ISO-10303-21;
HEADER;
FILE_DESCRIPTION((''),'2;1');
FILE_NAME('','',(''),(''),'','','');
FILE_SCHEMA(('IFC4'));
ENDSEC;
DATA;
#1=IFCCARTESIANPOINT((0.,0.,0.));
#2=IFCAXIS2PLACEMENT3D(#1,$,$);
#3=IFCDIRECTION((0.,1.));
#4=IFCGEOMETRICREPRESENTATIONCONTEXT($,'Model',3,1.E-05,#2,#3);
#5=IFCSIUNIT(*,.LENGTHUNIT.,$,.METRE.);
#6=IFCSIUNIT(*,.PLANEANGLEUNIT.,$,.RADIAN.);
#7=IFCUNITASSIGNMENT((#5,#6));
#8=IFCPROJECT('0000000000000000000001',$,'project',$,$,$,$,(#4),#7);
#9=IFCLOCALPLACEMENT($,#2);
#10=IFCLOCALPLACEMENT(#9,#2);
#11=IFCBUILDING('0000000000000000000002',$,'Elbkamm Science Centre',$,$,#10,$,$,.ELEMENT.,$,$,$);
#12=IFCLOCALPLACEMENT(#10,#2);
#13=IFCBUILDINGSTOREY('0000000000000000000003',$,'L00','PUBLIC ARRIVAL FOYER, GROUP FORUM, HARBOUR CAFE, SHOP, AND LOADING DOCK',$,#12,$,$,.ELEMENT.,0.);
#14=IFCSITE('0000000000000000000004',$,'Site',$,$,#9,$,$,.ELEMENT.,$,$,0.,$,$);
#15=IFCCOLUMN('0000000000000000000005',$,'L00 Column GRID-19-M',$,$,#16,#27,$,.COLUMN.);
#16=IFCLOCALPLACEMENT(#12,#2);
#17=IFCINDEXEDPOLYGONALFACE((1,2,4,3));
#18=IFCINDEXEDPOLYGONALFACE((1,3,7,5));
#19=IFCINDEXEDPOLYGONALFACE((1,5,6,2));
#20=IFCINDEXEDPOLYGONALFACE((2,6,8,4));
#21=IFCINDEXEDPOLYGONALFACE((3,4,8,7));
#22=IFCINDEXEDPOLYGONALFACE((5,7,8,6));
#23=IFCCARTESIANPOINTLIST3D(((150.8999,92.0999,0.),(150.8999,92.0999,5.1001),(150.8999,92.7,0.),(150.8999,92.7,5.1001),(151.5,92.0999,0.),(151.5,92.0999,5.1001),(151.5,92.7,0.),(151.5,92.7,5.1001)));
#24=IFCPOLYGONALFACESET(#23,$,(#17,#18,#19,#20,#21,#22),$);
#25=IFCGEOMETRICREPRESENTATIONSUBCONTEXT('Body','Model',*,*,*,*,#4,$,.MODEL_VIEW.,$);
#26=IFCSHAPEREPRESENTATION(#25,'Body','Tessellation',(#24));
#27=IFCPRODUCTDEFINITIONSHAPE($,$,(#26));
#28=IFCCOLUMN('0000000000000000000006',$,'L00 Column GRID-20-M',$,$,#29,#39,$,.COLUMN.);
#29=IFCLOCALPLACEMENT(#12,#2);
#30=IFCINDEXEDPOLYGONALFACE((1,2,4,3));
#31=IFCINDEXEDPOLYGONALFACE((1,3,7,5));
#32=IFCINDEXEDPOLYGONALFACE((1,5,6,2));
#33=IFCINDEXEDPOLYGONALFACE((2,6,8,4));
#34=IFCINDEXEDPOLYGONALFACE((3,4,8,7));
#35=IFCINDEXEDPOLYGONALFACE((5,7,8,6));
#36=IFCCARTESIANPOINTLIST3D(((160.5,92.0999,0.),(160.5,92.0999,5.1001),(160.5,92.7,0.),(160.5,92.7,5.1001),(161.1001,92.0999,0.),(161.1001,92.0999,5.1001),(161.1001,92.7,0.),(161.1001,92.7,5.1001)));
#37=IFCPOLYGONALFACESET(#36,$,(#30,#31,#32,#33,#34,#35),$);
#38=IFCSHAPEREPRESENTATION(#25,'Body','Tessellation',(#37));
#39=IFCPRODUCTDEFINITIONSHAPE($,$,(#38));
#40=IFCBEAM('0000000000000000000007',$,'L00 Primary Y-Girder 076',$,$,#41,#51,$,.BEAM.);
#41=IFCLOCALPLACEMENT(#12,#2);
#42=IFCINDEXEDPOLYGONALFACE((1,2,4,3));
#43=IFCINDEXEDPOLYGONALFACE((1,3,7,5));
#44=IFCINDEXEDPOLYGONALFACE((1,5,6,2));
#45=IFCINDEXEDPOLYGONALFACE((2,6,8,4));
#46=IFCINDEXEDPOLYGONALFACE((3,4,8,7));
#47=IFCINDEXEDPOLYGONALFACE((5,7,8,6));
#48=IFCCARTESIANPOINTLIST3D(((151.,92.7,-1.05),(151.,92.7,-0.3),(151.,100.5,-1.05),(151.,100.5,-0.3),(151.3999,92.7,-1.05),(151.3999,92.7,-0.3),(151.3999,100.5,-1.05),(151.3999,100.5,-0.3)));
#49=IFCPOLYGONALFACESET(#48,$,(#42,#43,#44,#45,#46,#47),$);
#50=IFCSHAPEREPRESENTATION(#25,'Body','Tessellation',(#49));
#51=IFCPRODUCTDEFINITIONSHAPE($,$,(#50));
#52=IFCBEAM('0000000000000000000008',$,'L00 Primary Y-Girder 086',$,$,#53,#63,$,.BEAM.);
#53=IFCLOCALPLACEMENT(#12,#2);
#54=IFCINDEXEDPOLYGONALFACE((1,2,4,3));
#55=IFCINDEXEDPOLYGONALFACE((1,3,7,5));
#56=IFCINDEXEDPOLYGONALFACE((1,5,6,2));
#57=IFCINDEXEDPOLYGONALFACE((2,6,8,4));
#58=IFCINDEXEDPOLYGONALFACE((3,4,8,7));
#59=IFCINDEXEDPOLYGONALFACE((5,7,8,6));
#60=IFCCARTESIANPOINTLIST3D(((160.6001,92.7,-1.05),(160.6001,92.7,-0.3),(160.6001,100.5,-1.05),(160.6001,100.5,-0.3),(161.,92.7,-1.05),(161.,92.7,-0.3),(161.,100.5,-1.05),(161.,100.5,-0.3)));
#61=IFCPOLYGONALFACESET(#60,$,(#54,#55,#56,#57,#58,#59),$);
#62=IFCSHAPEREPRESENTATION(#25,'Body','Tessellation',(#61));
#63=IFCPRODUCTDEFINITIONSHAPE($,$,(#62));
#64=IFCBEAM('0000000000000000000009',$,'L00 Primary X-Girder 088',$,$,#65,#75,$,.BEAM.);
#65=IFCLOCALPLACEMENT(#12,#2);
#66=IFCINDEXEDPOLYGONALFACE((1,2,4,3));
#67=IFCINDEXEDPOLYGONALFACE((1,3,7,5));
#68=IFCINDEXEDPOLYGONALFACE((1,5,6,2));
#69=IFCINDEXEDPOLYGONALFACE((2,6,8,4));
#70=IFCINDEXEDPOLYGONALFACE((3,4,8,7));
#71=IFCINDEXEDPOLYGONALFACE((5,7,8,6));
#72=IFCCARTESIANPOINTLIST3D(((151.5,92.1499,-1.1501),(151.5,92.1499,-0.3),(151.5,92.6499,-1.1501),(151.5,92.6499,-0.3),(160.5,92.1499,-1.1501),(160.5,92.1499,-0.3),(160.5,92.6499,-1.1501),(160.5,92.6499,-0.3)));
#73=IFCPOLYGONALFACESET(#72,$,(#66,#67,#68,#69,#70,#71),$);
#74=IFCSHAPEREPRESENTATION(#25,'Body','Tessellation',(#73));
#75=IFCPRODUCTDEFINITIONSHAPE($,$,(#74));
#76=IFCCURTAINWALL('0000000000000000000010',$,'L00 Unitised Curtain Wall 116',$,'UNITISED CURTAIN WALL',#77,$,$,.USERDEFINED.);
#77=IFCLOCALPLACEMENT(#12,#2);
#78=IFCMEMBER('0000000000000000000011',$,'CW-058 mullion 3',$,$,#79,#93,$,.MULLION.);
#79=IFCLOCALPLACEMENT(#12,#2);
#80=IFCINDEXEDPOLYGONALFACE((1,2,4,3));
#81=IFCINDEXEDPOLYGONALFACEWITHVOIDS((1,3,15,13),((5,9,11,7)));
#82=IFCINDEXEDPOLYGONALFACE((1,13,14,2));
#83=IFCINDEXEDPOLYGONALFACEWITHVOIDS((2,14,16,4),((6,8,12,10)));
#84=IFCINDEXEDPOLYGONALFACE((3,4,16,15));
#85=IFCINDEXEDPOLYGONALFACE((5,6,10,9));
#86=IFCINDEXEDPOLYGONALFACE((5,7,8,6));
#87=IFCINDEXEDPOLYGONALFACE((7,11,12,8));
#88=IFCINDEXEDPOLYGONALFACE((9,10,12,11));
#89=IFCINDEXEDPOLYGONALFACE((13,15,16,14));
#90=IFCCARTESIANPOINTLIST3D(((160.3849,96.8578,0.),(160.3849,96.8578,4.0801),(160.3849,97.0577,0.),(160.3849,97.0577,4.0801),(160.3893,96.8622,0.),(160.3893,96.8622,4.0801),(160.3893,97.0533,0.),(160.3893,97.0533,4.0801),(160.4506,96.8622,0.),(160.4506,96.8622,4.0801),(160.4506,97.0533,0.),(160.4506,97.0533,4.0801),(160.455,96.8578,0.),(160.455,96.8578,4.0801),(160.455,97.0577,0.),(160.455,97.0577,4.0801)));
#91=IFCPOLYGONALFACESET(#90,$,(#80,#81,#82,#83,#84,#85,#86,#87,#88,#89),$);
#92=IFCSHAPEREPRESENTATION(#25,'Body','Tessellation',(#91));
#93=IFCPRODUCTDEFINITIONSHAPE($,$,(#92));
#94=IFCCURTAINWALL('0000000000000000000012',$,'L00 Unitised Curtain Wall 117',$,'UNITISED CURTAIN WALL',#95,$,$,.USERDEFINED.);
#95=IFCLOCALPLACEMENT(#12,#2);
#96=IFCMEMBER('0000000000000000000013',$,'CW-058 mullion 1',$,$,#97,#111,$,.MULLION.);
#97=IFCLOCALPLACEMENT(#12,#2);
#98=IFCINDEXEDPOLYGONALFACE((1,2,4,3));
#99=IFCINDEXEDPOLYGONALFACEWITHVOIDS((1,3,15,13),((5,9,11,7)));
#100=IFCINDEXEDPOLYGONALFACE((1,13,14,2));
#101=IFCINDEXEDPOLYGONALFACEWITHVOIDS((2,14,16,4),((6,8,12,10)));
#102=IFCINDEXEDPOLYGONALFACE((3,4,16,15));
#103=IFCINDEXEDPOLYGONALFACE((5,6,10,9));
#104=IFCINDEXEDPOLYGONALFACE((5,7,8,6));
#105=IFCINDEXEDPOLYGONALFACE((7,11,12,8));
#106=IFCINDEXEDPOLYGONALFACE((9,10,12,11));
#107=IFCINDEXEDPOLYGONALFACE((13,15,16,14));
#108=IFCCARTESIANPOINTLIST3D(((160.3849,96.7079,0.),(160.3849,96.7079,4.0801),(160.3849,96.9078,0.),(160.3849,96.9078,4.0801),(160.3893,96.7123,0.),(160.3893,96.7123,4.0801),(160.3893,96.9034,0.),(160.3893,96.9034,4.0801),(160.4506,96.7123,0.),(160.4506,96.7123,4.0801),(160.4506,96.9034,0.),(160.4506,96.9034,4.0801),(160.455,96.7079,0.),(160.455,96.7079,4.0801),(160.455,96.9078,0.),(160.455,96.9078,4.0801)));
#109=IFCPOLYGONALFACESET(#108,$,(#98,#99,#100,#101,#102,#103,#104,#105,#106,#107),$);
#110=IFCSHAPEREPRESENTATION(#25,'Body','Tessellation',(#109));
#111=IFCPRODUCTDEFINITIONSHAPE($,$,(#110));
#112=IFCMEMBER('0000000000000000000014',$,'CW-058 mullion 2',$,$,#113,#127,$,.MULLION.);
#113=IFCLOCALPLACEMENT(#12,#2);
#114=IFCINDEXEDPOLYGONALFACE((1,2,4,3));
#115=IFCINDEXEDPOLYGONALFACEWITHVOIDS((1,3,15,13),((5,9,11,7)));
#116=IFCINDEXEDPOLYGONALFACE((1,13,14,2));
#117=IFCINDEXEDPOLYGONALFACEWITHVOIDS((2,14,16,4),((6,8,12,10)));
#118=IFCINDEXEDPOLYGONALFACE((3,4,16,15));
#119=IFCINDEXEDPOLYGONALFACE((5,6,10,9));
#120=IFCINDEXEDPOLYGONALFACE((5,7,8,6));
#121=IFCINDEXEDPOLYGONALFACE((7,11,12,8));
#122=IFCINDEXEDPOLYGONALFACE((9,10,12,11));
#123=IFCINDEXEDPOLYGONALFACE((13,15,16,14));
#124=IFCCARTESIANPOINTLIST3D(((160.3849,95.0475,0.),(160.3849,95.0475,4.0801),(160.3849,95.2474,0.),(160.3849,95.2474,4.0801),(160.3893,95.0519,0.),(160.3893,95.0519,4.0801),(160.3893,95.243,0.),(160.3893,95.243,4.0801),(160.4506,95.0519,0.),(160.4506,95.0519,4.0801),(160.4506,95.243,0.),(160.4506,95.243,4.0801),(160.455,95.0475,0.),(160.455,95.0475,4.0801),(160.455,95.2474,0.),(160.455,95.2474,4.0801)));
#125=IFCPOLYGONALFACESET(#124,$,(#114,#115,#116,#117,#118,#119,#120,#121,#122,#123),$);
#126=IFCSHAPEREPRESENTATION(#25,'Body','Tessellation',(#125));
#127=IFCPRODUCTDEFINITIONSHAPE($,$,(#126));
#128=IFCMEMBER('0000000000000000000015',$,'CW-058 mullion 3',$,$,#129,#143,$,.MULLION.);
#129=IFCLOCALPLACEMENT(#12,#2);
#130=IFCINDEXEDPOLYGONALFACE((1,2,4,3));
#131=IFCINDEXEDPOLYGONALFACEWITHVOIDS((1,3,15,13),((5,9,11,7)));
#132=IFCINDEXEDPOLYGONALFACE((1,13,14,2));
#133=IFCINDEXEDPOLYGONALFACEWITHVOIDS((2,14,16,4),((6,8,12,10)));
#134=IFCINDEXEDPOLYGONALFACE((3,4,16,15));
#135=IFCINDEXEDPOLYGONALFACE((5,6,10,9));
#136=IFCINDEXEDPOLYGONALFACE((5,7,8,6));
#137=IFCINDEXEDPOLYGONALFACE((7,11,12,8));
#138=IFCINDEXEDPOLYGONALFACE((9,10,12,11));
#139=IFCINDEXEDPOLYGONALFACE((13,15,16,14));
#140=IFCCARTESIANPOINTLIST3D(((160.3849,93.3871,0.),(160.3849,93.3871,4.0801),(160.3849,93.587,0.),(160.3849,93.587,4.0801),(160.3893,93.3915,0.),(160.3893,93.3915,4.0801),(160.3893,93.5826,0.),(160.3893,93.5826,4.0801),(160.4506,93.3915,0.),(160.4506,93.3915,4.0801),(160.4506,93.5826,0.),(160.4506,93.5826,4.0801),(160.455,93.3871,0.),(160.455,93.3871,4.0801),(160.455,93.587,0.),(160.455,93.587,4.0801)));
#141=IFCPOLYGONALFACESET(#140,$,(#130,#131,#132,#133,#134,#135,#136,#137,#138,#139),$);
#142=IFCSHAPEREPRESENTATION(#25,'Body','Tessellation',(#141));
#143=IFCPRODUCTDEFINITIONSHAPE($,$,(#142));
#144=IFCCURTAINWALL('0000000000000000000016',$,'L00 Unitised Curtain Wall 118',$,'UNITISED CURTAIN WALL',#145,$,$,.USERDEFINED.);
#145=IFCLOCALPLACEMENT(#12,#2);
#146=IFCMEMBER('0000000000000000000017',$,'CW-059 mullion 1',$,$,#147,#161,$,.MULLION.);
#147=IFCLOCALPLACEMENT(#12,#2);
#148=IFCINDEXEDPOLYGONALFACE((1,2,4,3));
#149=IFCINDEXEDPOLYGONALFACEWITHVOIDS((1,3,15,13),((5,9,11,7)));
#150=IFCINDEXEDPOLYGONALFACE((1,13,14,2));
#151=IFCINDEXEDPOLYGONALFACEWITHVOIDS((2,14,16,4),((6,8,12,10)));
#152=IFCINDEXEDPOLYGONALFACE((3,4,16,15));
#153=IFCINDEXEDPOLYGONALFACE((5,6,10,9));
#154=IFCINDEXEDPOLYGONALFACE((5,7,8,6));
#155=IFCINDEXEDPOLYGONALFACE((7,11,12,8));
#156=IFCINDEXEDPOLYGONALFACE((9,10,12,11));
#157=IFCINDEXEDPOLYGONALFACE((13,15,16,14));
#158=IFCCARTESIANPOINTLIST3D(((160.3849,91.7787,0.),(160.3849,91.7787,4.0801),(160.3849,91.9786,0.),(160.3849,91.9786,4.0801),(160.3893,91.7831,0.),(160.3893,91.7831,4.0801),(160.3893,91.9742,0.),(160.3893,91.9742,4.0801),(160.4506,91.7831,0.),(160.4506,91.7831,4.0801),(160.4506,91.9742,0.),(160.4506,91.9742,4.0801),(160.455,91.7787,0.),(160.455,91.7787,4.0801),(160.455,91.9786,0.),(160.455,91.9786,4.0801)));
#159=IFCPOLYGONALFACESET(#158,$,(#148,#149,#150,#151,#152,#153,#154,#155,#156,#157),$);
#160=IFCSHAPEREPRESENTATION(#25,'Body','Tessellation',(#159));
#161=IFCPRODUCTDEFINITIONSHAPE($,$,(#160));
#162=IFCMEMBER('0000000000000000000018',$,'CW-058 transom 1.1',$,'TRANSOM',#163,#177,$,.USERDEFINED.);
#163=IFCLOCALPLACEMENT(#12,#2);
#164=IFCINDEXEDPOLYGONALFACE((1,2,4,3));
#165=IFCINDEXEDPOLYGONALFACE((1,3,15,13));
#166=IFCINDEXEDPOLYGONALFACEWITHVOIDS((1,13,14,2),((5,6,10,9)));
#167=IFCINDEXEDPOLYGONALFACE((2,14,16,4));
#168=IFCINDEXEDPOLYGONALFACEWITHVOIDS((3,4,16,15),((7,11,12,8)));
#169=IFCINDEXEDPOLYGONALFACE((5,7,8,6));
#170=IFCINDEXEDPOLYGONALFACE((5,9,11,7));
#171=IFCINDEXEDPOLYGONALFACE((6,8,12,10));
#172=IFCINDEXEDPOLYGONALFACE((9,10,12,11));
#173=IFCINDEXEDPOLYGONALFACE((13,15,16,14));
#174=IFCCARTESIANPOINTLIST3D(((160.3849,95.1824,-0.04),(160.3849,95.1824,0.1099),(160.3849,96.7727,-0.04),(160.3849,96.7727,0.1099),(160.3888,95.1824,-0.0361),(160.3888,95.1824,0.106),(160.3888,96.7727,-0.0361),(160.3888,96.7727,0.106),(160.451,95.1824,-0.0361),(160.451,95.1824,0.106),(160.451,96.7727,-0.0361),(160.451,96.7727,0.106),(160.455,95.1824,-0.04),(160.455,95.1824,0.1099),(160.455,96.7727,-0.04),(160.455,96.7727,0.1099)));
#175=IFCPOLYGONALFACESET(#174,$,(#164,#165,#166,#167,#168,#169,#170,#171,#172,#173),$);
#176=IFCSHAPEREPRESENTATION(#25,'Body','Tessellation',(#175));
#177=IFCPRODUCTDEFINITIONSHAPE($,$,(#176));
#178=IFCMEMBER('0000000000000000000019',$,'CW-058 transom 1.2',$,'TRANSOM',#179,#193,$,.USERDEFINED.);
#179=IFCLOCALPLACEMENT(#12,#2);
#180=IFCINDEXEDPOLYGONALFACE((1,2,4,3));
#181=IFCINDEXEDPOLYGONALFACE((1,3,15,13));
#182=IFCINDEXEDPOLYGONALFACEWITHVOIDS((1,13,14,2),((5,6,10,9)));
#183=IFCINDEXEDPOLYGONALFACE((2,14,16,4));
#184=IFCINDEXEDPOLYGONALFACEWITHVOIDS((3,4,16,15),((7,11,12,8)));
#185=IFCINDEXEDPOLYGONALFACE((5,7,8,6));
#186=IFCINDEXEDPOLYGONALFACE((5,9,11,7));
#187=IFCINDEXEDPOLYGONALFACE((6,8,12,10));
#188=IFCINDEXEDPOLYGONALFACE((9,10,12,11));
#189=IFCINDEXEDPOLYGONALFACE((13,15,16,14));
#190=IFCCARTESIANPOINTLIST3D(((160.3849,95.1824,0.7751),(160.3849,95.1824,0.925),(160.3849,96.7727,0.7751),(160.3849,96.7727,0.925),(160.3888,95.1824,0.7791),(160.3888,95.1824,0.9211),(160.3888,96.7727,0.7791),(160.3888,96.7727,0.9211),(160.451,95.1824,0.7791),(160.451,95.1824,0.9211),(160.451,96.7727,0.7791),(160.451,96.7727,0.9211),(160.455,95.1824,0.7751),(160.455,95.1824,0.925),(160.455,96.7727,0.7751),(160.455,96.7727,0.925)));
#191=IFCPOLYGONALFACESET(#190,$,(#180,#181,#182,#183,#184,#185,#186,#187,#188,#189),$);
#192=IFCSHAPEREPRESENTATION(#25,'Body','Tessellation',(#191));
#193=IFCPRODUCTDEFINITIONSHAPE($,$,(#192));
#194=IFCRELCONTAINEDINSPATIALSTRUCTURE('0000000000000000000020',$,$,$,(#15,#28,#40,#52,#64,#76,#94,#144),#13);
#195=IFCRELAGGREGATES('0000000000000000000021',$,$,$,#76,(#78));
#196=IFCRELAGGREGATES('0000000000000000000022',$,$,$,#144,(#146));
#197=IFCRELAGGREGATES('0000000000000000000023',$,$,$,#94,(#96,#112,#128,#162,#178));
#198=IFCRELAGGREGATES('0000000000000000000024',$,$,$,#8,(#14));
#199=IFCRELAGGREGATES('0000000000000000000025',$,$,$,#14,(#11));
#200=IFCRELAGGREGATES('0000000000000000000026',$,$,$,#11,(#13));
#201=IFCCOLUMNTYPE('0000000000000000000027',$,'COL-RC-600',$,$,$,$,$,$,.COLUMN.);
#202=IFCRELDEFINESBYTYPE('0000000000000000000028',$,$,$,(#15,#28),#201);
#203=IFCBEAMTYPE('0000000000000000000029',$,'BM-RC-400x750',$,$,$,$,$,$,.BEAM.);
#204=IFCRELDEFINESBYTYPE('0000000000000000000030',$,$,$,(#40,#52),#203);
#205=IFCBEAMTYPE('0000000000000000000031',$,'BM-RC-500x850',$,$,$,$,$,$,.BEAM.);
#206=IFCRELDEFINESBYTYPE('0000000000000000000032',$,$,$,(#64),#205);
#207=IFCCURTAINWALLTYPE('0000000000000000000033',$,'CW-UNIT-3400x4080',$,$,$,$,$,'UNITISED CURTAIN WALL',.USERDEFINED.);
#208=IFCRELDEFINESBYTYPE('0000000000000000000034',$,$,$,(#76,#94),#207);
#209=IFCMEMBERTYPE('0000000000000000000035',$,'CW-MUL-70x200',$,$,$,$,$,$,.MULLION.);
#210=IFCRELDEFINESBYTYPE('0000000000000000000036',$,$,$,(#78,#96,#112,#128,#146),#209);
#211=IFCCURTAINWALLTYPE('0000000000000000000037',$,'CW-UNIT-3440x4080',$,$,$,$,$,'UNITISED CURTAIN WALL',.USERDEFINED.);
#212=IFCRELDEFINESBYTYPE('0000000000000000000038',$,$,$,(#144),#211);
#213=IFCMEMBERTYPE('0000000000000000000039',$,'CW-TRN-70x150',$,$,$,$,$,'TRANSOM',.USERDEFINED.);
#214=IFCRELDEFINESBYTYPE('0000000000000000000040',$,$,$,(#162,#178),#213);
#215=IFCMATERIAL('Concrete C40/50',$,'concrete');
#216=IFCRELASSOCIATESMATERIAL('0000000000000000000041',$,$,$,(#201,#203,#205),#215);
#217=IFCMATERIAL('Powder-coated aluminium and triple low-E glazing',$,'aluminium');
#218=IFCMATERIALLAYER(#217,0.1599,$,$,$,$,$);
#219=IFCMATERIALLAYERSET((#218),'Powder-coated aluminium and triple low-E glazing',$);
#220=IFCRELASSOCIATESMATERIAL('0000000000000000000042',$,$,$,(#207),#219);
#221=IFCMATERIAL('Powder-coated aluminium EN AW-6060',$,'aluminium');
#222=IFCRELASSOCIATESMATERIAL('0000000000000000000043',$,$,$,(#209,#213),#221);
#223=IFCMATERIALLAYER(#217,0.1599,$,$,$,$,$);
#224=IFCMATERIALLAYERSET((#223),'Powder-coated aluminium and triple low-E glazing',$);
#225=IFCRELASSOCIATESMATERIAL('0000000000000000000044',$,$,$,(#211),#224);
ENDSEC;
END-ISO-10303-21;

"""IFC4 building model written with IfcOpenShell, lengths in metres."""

from ifc_helpers import new_model, si_unit, direction, frame, origin, origin_2d, place, context, subcontext, project, spatial, rectangle, hollow_rectangle, extrude, material, layer, layer_set, material_profile, profile_set, type_object, element, aggregate, save


model = new_model("IFC4")

# Units and contexts
model_context = context("Model", 3, precision=1e-05, world=origin(), true_north=direction((0.0, 1.0)))
body_context = subcontext(model_context, "Body", "Model", "MODEL_VIEW")
ifc_project = project(units=[si_unit("LENGTHUNIT", "METRE"), si_unit("PLANEANGLEUNIT", "RADIAN")], contexts=[model_context])

# Site, building, storey
site_placement = place(None, origin())
site = spatial("IfcSite", under=ifc_project, at=site_placement, Name="Site", CompositionType="ELEMENT", RefElevation=0.0)
building_placement = place(site_placement, origin())
building = spatial("IfcBuilding", under=site, at=building_placement, Name="Elbkamm Science Centre", CompositionType="ELEMENT")
storey_placement = place(building_placement, origin())
storey = spatial("IfcBuildingStorey", under=building, at=storey_placement, Name="L00", Description="PUBLIC ARRIVAL FOYER, GROUP FORUM, HARBOUR CAFE, SHOP, AND LOADING DOCK", CompositionType="ELEMENT", Elevation=0.0)

# Columns
ifc_material_1 = material(Name="Concrete C40/50", Category="concrete")
ifc_material_profile_1 = material_profile(ifc_material_1, rectangle(XDim=0.6001, YDim=0.6001, at=origin_2d()), Name="RC 600x600")
ifc_profile_set_1 = profile_set([ifc_material_profile_1], Name="Concrete C40/50")
column_type = type_object("IfcColumnType", Name="COL-RC-600", PredefinedType="COLUMN", material=ifc_profile_set_1)
for number, where, z_axis, x_axis, name in (
    (1, (151.2, 92.3999, 0.0), (0.0, 0.0, 1.0), (1.0, 0.0, 0.0), "L00 Column GRID-19-M"),
    (2, (160.8, 92.3999, 0.0), (0.0, 0.0, 1.0), (1.0, 0.0, 0.0), "L00 Column GRID-20-M"),
):
    element("IfcColumn", number, at=place(storey_placement, frame(where, z_axis=z_axis, x_axis=x_axis)), inside=storey, type_object=column_type, Name=name, PredefinedType="COLUMN", context=body_context, shape_type="SweptSolid", body=[
        extrude(rectangle(XDim=0.6001, YDim=0.6001, at=origin_2d()), origin(), (0.0, 0.0, 1.0), 5.1001),
    ])

# Beams
ifc_material_profile_2 = material_profile(ifc_material_1, rectangle(XDim=0.3999, YDim=0.75, at=origin_2d()), Name="RC 400x750")
ifc_profile_set_2 = profile_set([ifc_material_profile_2], Name="Concrete C40/50")
beam_type_1 = type_object("IfcBeamType", Name="BM-RC-400x750", PredefinedType="BEAM", material=ifc_profile_set_2)
for number, where, z_axis, x_axis, name in (
    (3, (151.2, 92.7, -0.675), (0.0, 1.0, 0.0), (-1.0, 0.0, 0.0), "L00 Primary Y-Girder 076"),
    (4, (160.8, 92.7, -0.675), (0.0, 1.0, 0.0), (-1.0, 0.0, 0.0), "L00 Primary Y-Girder 086"),
):
    element("IfcBeam", number, at=place(storey_placement, frame(where, z_axis=z_axis, x_axis=x_axis)), inside=storey, type_object=beam_type_1, Name=name, PredefinedType="BEAM", context=body_context, shape_type="SweptSolid", body=[
        extrude(rectangle(XDim=0.3999, YDim=0.75, at=origin_2d()), origin(), (0.0, 0.0, 1.0), 7.8),
    ])
ifc_material_profile_3 = material_profile(ifc_material_1, rectangle(XDim=0.5, YDim=0.8501, at=origin_2d()), Name="RC 500x850")
ifc_profile_set_3 = profile_set([ifc_material_profile_3], Name="Concrete C40/50")
beam_type_2 = type_object("IfcBeamType", Name="BM-RC-500x850", PredefinedType="BEAM", material=ifc_profile_set_3)
beam_1_placement = place(storey_placement, frame((151.5, 92.3999, -0.7251), z_axis=(1.0, 0.0, 0.0), x_axis=(0.0, 1.0, 0.0)))
element("IfcBeam", 5, at=beam_1_placement, inside=storey, type_object=beam_type_2, Name="L00 Primary X-Girder 088", PredefinedType="BEAM", context=body_context, shape_type="SweptSolid", body=[
    extrude(rectangle(XDim=0.5, YDim=0.8501, at=origin_2d()), origin(), (0.0, 0.0, 1.0), 9.0),
])

# Curtain wall, member
ifc_material_2 = material(Name="Powder-coated aluminium and triple low-E glazing", Category="aluminium")
ifc_layer_1 = layer(ifc_material_2, 0.1599)
ifc_layer_set_1 = layer_set([ifc_layer_1], Name="Powder-coated aluminium and triple low-E glazing")
curtain_wall_type_1 = type_object("IfcCurtainWallType", Name="CW-UNIT-3400x4080", ElementType="UNITISED CURTAIN WALL", PredefinedType="USERDEFINED", material=ifc_layer_set_1)
curtain_wall_1_placement = place(storey_placement, origin())
curtain_wall_1 = element("IfcCurtainWall", 6, at=curtain_wall_1_placement, inside=storey, type_object=curtain_wall_type_1, Name="L00 Unitised Curtain Wall 116", ObjectType="UNITISED CURTAIN WALL", PredefinedType="USERDEFINED")
ifc_material_3 = material(Name="Powder-coated aluminium EN AW-6060", Category="aluminium")
ifc_material_profile_4 = material_profile(ifc_material_3, hollow_rectangle(XDim=0.0701, YDim=0.2, WallThickness=0.0044, at=origin_2d()), Name="ALU M70x200")
ifc_profile_set_4 = profile_set([ifc_material_profile_4], Name="Powder-coated aluminium EN AW-6060")
member_type_1 = type_object("IfcMemberType", Name="CW-MUL-70x200", PredefinedType="MULLION", material=ifc_profile_set_4)
member_1_placement = place(storey_placement, frame((160.4199, 96.9578, 0.0), z_axis=(0.0, 0.0, 1.0), x_axis=(1.0, 0.0, 0.0)))
member_1 = element("IfcMember", 7, at=member_1_placement, type_object=member_type_1, Name="CW-058 mullion 3", PredefinedType="MULLION", context=body_context, shape_type="SweptSolid", body=[
    extrude(hollow_rectangle(XDim=0.0701, YDim=0.2, WallThickness=0.0044, at=origin_2d()), origin(), (0.0, 0.0, 1.0), 4.0801),
])
aggregate(curtain_wall_1, [member_1])

# Curtain wall, members
curtain_wall_2_placement = place(storey_placement, origin())
curtain_wall_2 = element("IfcCurtainWall", 8, at=curtain_wall_2_placement, inside=storey, type_object=curtain_wall_type_1, Name="L00 Unitised Curtain Wall 117", ObjectType="UNITISED CURTAIN WALL", PredefinedType="USERDEFINED")
member_2_placement = place(storey_placement, frame((160.4199, 96.8079, 0.0), z_axis=(0.0, 0.0, 1.0), x_axis=(1.0, 0.0, 0.0)))
member_2 = element("IfcMember", 9, at=member_2_placement, type_object=member_type_1, Name="CW-058 mullion 1", PredefinedType="MULLION", context=body_context, shape_type="SweptSolid", body=[
    extrude(hollow_rectangle(XDim=0.0701, YDim=0.2, WallThickness=0.0044, at=origin_2d()), origin(), (0.0, 0.0, 1.0), 4.0801),
])
member_3_placement = place(storey_placement, frame((160.4199, 95.1475, 0.0), z_axis=(0.0, 0.0, 1.0), x_axis=(1.0, 0.0, 0.0)))
member_3 = element("IfcMember", 10, at=member_3_placement, type_object=member_type_1, Name="CW-058 mullion 2", PredefinedType="MULLION", context=body_context, shape_type="SweptSolid", body=[
    extrude(hollow_rectangle(XDim=0.0701, YDim=0.2, WallThickness=0.0044, at=origin_2d()), origin(), (0.0, 0.0, 1.0), 4.0801),
])
member_4_placement = place(storey_placement, frame((160.4199, 93.4871, 0.0), z_axis=(0.0, 0.0, 1.0), x_axis=(1.0, 0.0, 0.0)))
member_4 = element("IfcMember", 11, at=member_4_placement, type_object=member_type_1, Name="CW-058 mullion 3", PredefinedType="MULLION", context=body_context, shape_type="SweptSolid", body=[
    extrude(hollow_rectangle(XDim=0.0701, YDim=0.2, WallThickness=0.0044, at=origin_2d()), origin(), (0.0, 0.0, 1.0), 4.0801),
])

# Curtain wall, member
ifc_layer_2 = layer(ifc_material_2, 0.1599)
ifc_layer_set_2 = layer_set([ifc_layer_2], Name="Powder-coated aluminium and triple low-E glazing")
curtain_wall_type_2 = type_object("IfcCurtainWallType", Name="CW-UNIT-3440x4080", ElementType="UNITISED CURTAIN WALL", PredefinedType="USERDEFINED", material=ifc_layer_set_2)
curtain_wall_3_placement = place(storey_placement, origin())
curtain_wall_3 = element("IfcCurtainWall", 12, at=curtain_wall_3_placement, inside=storey, type_object=curtain_wall_type_2, Name="L00 Unitised Curtain Wall 118", ObjectType="UNITISED CURTAIN WALL", PredefinedType="USERDEFINED")
member_5_placement = place(storey_placement, frame((160.4199, 91.8787, 0.0), z_axis=(0.0, 0.0, 1.0), x_axis=(1.0, 0.0, 0.0)))
member_5 = element("IfcMember", 13, at=member_5_placement, type_object=member_type_1, Name="CW-059 mullion 1", PredefinedType="MULLION", context=body_context, shape_type="SweptSolid", body=[
    extrude(hollow_rectangle(XDim=0.0701, YDim=0.2, WallThickness=0.0044, at=origin_2d()), origin(), (0.0, 0.0, 1.0), 4.0801),
])

# Members
ifc_material_profile_5 = material_profile(ifc_material_3, hollow_rectangle(XDim=0.0701, YDim=0.1499, WallThickness=0.0039, at=origin_2d()), Name="ALU T70x150")
ifc_profile_set_5 = profile_set([ifc_material_profile_5], Name="Powder-coated aluminium EN AW-6060")
member_type_2 = type_object("IfcMemberType", Name="CW-TRN-70x150", ElementType="TRANSOM", PredefinedType="USERDEFINED", material=ifc_profile_set_5)
member_6_placement = place(storey_placement, frame((160.4199, 96.7727, 0.0349), z_axis=(0.0, -1.0, 0.0), x_axis=(1.0, 0.0, 0.0)))
member_6 = element("IfcMember", 14, at=member_6_placement, type_object=member_type_2, Name="CW-058 transom 1.1", ObjectType="TRANSOM", PredefinedType="USERDEFINED", context=body_context, shape_type="SweptSolid", body=[
    extrude(hollow_rectangle(XDim=0.0701, YDim=0.1499, WallThickness=0.0039, at=origin_2d()), origin(), (0.0, 0.0, 1.0), 1.5903),
])
member_7_placement = place(storey_placement, frame((160.4199, 96.7727, 0.8501), z_axis=(0.0, -1.0, 0.0), x_axis=(1.0, 0.0, 0.0)))
member_7 = element("IfcMember", 15, at=member_7_placement, type_object=member_type_2, Name="CW-058 transom 1.2", ObjectType="TRANSOM", PredefinedType="USERDEFINED", context=body_context, shape_type="SweptSolid", body=[
    extrude(hollow_rectangle(XDim=0.0701, YDim=0.1499, WallThickness=0.0039, at=origin_2d()), origin(), (0.0, 0.0, 1.0), 1.5903),
])
aggregate(curtain_wall_3, [member_5])

aggregate(curtain_wall_2, [member_2, member_3, member_4, member_6, member_7])

save(model, "model.ifc")
